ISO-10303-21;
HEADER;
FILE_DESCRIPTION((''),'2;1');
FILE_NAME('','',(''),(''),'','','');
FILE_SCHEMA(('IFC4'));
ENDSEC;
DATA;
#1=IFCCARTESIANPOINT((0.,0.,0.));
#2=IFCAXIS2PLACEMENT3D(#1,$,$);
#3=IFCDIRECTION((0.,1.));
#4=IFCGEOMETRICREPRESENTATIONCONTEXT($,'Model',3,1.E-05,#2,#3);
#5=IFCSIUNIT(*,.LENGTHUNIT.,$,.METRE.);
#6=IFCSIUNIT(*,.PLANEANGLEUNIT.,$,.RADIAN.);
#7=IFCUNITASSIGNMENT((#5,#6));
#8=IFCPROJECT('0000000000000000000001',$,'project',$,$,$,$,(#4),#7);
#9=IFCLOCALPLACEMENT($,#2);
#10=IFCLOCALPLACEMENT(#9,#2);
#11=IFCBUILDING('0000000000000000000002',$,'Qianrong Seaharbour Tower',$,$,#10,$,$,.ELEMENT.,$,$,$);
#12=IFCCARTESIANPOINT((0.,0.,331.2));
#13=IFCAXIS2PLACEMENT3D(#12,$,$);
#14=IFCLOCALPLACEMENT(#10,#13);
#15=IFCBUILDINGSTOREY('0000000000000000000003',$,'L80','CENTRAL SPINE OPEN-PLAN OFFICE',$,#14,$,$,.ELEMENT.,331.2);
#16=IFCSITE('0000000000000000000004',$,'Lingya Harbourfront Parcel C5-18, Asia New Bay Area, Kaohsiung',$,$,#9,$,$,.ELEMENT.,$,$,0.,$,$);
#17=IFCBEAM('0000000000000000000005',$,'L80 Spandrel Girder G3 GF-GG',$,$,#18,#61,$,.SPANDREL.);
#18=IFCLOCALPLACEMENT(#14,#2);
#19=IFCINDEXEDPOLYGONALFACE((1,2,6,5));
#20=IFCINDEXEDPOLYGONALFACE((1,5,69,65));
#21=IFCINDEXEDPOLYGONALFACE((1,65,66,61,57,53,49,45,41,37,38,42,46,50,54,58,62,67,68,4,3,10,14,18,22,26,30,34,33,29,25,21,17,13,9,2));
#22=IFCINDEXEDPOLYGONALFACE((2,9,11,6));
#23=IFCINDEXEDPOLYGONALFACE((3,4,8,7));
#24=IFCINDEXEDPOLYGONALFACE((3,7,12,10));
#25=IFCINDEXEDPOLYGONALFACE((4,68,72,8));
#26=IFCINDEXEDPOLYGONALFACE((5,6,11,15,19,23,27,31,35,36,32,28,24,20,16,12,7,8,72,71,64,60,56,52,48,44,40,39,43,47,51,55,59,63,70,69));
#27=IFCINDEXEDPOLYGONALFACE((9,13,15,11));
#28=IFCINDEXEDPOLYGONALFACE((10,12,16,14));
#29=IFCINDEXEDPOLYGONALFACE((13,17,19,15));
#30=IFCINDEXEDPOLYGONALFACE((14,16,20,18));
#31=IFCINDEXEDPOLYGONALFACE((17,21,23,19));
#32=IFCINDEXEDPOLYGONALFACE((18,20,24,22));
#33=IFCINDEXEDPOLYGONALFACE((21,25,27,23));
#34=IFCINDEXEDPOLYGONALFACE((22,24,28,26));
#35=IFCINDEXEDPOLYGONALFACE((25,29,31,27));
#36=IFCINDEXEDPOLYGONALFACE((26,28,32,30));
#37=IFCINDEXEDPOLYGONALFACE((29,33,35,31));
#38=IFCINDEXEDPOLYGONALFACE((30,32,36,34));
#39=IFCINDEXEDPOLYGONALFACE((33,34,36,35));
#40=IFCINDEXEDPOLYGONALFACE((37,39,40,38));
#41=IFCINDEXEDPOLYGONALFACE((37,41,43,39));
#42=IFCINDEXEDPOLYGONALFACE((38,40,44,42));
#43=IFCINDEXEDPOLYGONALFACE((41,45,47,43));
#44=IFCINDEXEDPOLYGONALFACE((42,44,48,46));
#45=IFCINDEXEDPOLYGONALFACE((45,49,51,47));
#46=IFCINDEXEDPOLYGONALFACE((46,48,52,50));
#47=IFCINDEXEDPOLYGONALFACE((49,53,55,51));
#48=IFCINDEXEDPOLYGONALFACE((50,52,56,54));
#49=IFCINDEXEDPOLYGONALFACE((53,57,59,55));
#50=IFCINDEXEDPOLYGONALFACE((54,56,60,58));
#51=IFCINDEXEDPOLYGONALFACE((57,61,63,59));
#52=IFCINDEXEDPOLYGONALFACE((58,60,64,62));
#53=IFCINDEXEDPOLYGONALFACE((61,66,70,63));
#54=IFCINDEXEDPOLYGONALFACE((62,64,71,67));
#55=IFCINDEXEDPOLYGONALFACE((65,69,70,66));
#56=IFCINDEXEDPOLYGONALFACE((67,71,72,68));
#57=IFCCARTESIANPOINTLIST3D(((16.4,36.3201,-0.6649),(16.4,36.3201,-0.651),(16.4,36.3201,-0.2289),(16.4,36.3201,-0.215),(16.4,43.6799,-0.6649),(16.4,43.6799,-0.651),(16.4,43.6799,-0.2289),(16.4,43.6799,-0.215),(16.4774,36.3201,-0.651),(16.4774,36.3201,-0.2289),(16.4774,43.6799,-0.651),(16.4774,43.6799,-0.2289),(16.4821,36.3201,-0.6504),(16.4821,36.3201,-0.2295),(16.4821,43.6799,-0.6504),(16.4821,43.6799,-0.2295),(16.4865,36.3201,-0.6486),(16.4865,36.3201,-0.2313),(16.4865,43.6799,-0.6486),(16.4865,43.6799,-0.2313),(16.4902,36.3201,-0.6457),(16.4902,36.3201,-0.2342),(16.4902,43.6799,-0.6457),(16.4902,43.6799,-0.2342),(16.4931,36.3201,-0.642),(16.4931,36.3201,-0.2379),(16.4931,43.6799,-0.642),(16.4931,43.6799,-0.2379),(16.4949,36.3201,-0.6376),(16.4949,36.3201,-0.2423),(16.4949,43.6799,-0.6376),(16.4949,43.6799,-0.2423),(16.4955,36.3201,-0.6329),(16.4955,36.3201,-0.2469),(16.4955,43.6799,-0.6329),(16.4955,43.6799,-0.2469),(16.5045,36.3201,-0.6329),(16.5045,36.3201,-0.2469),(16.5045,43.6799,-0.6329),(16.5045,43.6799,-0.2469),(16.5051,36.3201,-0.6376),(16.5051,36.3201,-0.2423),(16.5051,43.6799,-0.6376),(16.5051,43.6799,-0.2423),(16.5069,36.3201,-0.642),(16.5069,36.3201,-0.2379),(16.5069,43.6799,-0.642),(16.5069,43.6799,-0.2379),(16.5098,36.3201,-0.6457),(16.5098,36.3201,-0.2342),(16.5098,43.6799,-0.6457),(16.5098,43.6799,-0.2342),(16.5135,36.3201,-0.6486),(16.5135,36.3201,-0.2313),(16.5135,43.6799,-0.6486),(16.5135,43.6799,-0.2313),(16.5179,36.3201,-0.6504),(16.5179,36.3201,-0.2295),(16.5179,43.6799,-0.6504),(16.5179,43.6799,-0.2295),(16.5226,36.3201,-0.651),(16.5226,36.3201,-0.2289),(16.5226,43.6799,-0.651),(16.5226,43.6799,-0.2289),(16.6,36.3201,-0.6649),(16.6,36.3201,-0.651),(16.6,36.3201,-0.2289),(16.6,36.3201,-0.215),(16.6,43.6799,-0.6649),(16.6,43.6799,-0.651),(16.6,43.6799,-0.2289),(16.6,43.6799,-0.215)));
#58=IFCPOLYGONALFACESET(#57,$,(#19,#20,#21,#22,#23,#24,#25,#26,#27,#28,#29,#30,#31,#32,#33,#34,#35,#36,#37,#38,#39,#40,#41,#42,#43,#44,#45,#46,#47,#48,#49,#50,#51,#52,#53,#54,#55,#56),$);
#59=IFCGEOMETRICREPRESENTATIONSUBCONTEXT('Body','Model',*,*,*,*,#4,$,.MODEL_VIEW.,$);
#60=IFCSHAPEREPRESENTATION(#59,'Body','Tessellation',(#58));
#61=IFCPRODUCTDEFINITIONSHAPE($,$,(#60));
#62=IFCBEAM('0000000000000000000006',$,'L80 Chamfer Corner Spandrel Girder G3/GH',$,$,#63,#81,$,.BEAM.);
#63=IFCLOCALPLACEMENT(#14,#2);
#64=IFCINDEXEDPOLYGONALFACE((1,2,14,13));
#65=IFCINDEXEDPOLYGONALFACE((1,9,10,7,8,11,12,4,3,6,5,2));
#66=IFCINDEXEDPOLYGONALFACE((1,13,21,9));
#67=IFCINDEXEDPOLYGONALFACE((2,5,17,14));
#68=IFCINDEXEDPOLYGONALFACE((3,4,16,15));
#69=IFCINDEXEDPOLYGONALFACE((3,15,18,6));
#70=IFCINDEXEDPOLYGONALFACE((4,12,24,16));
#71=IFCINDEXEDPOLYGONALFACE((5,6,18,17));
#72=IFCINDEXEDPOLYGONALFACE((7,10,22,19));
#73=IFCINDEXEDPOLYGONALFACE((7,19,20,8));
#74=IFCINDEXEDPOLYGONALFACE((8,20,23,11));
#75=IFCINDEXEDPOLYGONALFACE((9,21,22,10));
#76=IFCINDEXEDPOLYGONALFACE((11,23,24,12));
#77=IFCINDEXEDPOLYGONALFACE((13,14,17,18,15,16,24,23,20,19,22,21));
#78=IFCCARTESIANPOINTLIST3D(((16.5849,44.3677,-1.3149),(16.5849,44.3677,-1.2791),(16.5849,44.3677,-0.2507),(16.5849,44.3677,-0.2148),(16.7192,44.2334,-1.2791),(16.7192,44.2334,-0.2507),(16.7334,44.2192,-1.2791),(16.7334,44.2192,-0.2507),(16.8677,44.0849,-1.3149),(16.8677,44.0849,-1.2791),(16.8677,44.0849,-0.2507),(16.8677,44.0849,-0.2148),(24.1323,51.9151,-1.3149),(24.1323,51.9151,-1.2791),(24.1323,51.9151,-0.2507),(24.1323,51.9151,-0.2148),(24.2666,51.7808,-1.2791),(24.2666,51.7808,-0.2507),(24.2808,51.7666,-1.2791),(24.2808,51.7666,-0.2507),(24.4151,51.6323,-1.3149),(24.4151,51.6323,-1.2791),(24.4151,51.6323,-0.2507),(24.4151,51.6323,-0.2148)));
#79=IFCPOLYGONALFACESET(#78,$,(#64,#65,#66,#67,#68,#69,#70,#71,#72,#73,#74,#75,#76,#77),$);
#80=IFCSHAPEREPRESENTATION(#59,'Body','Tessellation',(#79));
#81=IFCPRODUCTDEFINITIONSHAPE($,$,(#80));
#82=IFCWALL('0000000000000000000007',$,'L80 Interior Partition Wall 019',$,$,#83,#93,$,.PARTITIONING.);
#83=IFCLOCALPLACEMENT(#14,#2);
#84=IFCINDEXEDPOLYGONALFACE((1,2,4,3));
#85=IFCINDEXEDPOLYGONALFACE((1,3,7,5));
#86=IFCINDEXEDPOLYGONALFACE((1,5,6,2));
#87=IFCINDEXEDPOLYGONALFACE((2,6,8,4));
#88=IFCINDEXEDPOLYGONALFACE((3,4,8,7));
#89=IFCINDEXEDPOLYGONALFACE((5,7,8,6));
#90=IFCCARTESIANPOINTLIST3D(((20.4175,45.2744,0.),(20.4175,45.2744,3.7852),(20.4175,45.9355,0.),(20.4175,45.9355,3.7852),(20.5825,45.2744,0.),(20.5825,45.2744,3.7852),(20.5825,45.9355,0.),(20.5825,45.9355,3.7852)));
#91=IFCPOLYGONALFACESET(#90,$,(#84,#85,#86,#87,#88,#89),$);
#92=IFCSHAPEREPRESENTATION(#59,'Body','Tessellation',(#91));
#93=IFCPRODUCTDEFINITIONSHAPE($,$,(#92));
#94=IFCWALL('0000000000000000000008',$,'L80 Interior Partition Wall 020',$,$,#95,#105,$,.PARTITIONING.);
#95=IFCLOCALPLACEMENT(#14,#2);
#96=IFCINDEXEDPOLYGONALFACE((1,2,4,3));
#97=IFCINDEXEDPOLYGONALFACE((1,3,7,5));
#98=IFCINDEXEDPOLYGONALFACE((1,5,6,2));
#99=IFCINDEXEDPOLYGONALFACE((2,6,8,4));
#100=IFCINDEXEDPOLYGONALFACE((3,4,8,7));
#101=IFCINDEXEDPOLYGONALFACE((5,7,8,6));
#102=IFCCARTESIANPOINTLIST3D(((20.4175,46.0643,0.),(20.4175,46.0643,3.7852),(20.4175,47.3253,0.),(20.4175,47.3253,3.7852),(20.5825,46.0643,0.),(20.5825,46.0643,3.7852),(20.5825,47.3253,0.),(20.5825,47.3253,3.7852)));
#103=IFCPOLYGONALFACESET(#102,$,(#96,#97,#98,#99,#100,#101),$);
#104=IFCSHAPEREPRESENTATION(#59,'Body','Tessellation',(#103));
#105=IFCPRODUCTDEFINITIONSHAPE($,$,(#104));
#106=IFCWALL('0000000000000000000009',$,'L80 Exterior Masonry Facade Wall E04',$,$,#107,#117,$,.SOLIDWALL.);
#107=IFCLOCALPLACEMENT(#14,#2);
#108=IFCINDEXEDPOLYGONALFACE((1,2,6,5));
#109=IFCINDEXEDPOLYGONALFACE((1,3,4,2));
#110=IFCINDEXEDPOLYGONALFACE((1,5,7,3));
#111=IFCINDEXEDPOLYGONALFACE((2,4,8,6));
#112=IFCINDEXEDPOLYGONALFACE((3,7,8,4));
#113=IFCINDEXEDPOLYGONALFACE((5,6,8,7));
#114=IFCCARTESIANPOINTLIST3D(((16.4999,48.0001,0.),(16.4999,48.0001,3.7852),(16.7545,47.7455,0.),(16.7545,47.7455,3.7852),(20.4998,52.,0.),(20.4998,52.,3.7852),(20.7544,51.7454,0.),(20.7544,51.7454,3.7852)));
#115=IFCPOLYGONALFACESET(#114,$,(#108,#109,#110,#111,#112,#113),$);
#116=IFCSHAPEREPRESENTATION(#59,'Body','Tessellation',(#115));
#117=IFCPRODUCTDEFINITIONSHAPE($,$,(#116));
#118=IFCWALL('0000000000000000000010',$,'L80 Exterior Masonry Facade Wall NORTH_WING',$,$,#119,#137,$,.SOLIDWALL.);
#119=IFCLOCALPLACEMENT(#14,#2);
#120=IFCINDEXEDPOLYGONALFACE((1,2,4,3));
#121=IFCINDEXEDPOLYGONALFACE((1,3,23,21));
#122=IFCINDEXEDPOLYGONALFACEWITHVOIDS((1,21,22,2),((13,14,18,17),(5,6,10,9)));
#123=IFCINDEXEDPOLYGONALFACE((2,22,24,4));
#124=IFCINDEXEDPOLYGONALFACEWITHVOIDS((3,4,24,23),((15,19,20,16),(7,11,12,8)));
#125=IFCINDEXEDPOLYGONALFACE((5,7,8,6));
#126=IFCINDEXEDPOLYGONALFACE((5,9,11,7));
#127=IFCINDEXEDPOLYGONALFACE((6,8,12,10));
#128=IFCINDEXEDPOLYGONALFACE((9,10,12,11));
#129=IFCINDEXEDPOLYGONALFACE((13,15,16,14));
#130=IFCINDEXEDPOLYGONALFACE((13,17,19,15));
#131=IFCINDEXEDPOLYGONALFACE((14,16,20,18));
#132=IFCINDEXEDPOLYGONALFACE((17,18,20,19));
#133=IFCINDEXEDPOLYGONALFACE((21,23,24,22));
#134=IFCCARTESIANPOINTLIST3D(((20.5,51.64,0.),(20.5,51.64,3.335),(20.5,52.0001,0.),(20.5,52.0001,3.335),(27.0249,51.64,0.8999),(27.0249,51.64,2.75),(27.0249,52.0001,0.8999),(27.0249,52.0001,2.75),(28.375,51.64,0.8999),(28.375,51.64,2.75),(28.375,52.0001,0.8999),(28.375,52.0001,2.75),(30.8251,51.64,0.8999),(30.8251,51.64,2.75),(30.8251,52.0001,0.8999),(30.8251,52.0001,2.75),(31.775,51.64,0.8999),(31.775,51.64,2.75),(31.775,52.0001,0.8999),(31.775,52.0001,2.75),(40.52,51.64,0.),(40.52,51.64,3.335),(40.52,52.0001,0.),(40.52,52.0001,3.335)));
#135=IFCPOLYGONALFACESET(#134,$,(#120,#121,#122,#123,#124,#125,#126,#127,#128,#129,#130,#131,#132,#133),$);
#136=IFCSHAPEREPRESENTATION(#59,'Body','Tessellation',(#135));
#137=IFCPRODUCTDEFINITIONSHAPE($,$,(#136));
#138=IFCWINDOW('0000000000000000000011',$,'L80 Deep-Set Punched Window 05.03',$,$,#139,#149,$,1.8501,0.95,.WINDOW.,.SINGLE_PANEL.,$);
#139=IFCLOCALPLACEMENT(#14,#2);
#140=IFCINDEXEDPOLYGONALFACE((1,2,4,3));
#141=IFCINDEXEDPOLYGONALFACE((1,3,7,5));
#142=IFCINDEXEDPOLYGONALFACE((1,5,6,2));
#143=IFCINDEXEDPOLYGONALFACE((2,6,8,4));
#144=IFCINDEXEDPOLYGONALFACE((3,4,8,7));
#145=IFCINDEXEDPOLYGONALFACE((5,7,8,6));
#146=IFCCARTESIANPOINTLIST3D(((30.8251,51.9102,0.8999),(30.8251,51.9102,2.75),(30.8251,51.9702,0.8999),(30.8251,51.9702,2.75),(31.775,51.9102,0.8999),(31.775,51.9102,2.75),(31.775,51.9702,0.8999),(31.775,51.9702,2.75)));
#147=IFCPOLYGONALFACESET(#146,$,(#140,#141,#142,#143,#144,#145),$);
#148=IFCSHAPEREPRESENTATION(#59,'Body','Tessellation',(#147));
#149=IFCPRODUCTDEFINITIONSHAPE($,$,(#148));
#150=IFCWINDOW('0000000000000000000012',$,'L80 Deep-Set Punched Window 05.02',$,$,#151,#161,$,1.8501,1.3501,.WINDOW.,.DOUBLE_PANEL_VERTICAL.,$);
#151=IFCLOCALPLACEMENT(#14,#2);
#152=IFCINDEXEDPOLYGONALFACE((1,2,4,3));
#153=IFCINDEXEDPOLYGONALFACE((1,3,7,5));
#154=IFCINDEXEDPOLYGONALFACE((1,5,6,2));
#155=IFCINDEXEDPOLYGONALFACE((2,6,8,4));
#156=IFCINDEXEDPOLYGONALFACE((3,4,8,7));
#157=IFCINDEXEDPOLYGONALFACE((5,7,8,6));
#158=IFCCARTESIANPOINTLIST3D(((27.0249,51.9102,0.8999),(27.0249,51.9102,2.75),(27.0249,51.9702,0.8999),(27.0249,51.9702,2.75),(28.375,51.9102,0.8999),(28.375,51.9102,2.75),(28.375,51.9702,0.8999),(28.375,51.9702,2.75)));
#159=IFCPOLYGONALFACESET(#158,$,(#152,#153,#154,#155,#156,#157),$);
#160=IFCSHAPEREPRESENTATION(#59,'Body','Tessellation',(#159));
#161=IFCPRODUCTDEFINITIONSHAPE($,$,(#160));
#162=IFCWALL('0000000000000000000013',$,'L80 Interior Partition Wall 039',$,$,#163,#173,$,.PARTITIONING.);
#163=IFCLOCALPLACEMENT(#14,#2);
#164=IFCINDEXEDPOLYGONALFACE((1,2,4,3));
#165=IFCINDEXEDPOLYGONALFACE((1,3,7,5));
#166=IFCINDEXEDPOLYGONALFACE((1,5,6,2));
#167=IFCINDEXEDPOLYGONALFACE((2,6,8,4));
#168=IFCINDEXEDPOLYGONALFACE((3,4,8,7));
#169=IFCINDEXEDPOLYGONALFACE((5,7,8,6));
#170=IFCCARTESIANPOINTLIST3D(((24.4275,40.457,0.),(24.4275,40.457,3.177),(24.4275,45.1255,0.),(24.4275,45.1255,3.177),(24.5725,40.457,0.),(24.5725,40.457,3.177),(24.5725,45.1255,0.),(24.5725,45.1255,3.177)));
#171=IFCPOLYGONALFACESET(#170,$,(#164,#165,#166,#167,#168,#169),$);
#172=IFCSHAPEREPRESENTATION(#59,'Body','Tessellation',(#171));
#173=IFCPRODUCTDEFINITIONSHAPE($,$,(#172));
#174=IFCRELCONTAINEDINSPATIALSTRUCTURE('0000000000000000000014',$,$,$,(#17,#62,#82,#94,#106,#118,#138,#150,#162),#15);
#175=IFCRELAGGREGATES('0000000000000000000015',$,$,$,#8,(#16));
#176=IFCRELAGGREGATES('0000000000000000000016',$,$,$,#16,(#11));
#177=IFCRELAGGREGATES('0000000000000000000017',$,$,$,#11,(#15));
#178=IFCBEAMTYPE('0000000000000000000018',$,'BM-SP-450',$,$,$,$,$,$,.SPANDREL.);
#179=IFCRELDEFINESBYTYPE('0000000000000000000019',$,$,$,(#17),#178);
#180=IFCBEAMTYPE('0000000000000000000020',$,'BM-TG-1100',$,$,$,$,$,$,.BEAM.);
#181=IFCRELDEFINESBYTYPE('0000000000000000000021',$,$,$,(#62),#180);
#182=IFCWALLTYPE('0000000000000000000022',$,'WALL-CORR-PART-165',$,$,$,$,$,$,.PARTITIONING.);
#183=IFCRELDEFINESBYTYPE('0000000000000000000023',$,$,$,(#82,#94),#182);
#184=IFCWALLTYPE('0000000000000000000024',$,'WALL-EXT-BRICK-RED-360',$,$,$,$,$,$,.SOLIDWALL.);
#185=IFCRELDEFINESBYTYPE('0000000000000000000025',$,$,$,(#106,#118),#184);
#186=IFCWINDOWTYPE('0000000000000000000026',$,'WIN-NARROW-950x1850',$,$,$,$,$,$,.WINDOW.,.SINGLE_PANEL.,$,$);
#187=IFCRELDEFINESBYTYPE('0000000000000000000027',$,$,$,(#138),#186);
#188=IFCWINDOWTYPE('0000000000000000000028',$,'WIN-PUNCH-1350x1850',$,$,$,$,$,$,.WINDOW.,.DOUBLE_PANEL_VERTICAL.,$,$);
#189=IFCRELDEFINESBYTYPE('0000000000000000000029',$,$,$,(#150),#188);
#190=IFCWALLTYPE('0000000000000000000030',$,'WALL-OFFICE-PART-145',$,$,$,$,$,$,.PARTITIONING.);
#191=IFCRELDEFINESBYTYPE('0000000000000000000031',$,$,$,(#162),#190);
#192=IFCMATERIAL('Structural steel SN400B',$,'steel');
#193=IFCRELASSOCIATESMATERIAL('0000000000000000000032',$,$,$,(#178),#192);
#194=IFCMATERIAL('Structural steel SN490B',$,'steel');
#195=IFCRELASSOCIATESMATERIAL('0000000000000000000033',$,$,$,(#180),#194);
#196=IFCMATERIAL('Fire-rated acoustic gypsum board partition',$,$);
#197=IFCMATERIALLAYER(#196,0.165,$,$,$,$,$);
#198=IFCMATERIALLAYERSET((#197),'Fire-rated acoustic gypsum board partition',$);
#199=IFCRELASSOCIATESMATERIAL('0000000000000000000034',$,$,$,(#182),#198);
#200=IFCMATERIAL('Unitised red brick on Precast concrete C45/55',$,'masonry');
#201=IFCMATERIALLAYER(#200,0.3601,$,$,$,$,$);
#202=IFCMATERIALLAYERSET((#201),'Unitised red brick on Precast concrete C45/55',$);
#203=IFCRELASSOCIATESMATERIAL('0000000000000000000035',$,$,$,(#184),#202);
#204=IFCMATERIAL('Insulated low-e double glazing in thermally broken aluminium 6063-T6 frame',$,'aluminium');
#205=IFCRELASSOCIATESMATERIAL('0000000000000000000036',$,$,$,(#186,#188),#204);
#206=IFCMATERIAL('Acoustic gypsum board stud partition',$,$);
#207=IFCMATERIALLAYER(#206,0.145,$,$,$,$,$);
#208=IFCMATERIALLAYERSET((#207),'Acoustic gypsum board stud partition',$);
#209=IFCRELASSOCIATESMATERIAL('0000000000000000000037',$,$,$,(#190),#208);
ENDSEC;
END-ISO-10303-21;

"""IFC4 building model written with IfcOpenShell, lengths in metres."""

from ifc_helpers import new_model, si_unit, direction, frame, frame_2d, origin, origin_2d, place, context, subcontext, project, spatial, rectangle, i_section, extrude, material, layer, layer_set, material_profile, profile_set, type_object, element, fill, save


model = new_model("IFC4")

# Units and contexts
model_context = context("Model", 3, precision=1e-05, world=origin(), true_north=direction((0.0, 1.0)))
body_context = subcontext(model_context, "Body", "Model", "MODEL_VIEW")
ifc_project = project(units=[si_unit("LENGTHUNIT", "METRE"), si_unit("PLANEANGLEUNIT", "RADIAN")], contexts=[model_context])

# Site, building, storey
site_placement = place(None, origin())
site = spatial("IfcSite", under=ifc_project, at=site_placement, Name="Lingya Harbourfront Parcel C5-18, Asia New Bay Area, Kaohsiung", CompositionType="ELEMENT", RefElevation=0.0)
building_placement = place(site_placement, origin())
building = spatial("IfcBuilding", under=site, at=building_placement, Name="Qianrong Seaharbour Tower", CompositionType="ELEMENT")
storey_placement = place(building_placement, frame((0.0, 0.0, 331.2)))
storey = spatial("IfcBuildingStorey", under=building, at=storey_placement, Name="L80", Description="CENTRAL SPINE OPEN-PLAN OFFICE", CompositionType="ELEMENT", Elevation=331.2)

# Shared definitions
ifc_material_1 = material(Name="Structural steel SN490B", Category="steel")
ifc_material_2 = material(Name="Structural steel SN400B", Category="steel")

# Beams
ifc_material_profile_1 = material_profile(ifc_material_2, i_section(OverallWidth=0.2, OverallDepth=0.45, WebThickness=0.009, FlangeThickness=0.0139, FilletRadius=0.0181, at=origin_2d()), Name="H450x200x9x14")
ifc_profile_set_1 = profile_set([ifc_material_profile_1], Name="Structural steel SN400B")
beam_type_1 = type_object("IfcBeamType", Name="BM-SP-450", PredefinedType="SPANDREL", material=ifc_profile_set_1)
for number, where, z_axis, x_axis, name in (
    (1, (16.5, 36.3201, -0.4399), (0.0, 1.0, 0.0), (-1.0, 0.0, 0.0), "L80 Spandrel Girder G3 GF-GG"),
):
    element("IfcBeam", number, at=place(storey_placement, frame(where, z_axis=z_axis, x_axis=x_axis)), inside=storey, type_object=beam_type_1, Name=name, PredefinedType="SPANDREL", context=body_context, shape_type="SweptSolid", body=[
        extrude(i_section(OverallWidth=0.2, OverallDepth=0.45, WebThickness=0.009, FlangeThickness=0.0139, FilletRadius=0.0181, at=origin_2d()), origin(), (0.0, 0.0, 1.0), 7.3599),
    ])
ifc_material_profile_2 = material_profile(ifc_material_1, i_section(OverallWidth=0.3999, OverallDepth=1.1001, WebThickness=0.02, FlangeThickness=0.0359, at=origin_2d()), Name="BH1100x400x20x36")
ifc_profile_set_2 = profile_set([ifc_material_profile_2], Name="Structural steel SN490B")
beam_type_2 = type_object("IfcBeamType", Name="BM-TG-1100", PredefinedType="BEAM", material=ifc_profile_set_2)
beam_1_placement = place(storey_placement, frame((24.2737, 51.7737, -0.7649), z_axis=(-0.707107, -0.707107, 0.0), x_axis=(0.707107, -0.707107, 0.0)))
element("IfcBeam", 2, at=beam_1_placement, inside=storey, type_object=beam_type_2, Name="L80 Chamfer Corner Spandrel Girder G3/GH", PredefinedType="BEAM", context=body_context, shape_type="SweptSolid", body=[
    extrude(i_section(OverallWidth=0.3999, OverallDepth=1.1001, WebThickness=0.02, FlangeThickness=0.0359, at=origin_2d()), origin(), (0.0, 0.0, 1.0), 10.6736),
])

# Shared definitions
ifc_material_3 = material(Name="Fire-rated acoustic gypsum board partition")
ifc_layer_1 = layer(ifc_material_3, 0.165)
ifc_layer_set_1 = layer_set([ifc_layer_1], Name="Fire-rated acoustic gypsum board partition")
wall_type_1 = type_object("IfcWallType", Name="WALL-CORR-PART-165", PredefinedType="PARTITIONING", material=ifc_layer_set_1)

# Walls
wall_1_placement = place(storey_placement, frame((20.5, 45.2744, 0.0), z_axis=(0.0, 0.0, 1.0), x_axis=(0.0, 1.0, 0.0)))
element("IfcWall", 3, at=wall_1_placement, inside=storey, type_object=wall_type_1, Name="L80 Interior Partition Wall 019", PredefinedType="PARTITIONING", context=body_context, shape_type="SweptSolid", body=[
    extrude(rectangle(XDim=0.6611, YDim=0.165, at=frame_2d((0.3306, 0.0))), origin(), (0.0, 0.0, 1.0), 3.7852),
])
wall_2_placement = place(storey_placement, frame((20.5, 46.0645, 0.0), z_axis=(0.0, 0.0, 1.0), x_axis=(0.0, 1.0, 0.0)))
element("IfcWall", 4, at=wall_2_placement, inside=storey, type_object=wall_type_1, Name="L80 Interior Partition Wall 020", PredefinedType="PARTITIONING", context=body_context, shape_type="SweptSolid", body=[
    extrude(rectangle(XDim=1.261, YDim=0.165, at=frame_2d((0.6304, 0.0))), origin(), (0.0, 0.0, 1.0), 3.7852),
])

# Wall
ifc_material_4 = material(Name="Unitised red brick on Precast concrete C45/55", Category="masonry")
ifc_layer_2 = layer(ifc_material_4, 0.3601)
ifc_layer_set_2 = layer_set([ifc_layer_2], Name="Unitised red brick on Precast concrete C45/55")
wall_type_2 = type_object("IfcWallType", Name="WALL-EXT-BRICK-RED-360", PredefinedType="SOLIDWALL", material=ifc_layer_set_2)
wall_3_placement = place(storey_placement, frame((16.6272, 47.8728, 0.0), z_axis=(0.0, 0.0, 1.0), x_axis=(0.707107, 0.707107, 0.0)))
element("IfcWall", 5, at=wall_3_placement, inside=storey, type_object=wall_type_2, Name="L80 Exterior Masonry Facade Wall E04", PredefinedType="SOLIDWALL", context=body_context, shape_type="SweptSolid", body=[
    extrude(rectangle(XDim=5.6567, YDim=0.3601, at=frame_2d((2.8284, 0.0))), origin(), (0.0, 0.0, 1.0), 3.7852),
])

# Wall, openings, windows
wall_4_placement = place(storey_placement, frame((20.5, 51.8201, 0.0), z_axis=(0.0, 0.0, 1.0), x_axis=(1.0, 0.0, 0.0)))
wall_4 = element("IfcWall", 6, at=wall_4_placement, inside=storey, type_object=wall_type_2, Name="L80 Exterior Masonry Facade Wall NORTH_WING", PredefinedType="SOLIDWALL", context=body_context, shape_type="SweptSolid", body=[
    extrude(rectangle(XDim=20.02, YDim=0.3601, at=frame_2d((10.01, 0.0))), origin(), (0.0, 0.0, 1.0), 3.335),
])
opening_1_placement = place(wall_4_placement, frame((6.5249, 0.0, 0.8999)))
opening_1 = element("IfcOpeningElement", 7, at=opening_1_placement, cuts=wall_4, PredefinedType="OPENING", context=body_context, shape_type="SweptSolid", body=[
    extrude(rectangle(XDim=1.3501, YDim=1.8501, at=frame_2d((0.675, 0.925))), frame((0.0, 0.1899, 0.0), z_axis=(0.0, -1.0, 0.0), x_axis=(1.0, 0.0, 0.0)), (0.0, 0.0, 1.0), 0.3801),
])
opening_2_placement = place(wall_4_placement, frame((10.325, 0.0, 0.8999)))
opening_2 = element("IfcOpeningElement", 8, at=opening_2_placement, cuts=wall_4, PredefinedType="OPENING", context=body_context, shape_type="SweptSolid", body=[
    extrude(rectangle(XDim=0.95, YDim=1.8501, at=frame_2d((0.4751, 0.925))), frame((0.0, 0.1899, 0.0), z_axis=(0.0, -1.0, 0.0), x_axis=(1.0, 0.0, 0.0)), (0.0, 0.0, 1.0), 0.3801),
])
ifc_material_5 = material(Name="Insulated low-e double glazing in thermally broken aluminium 6063-T6 frame", Category="aluminium")
window_type_1 = type_object("IfcWindowType", Name="WIN-NARROW-950x1850", PartitioningType="SINGLE_PANEL", PredefinedType="WINDOW", material=ifc_material_5)
window_1_placement = place(opening_2_placement, origin())
window_1 = element("IfcWindow", 9, at=window_1_placement, inside=storey, type_object=window_type_1, Name="L80 Deep-Set Punched Window 05.03", OverallHeight=1.8501, OverallWidth=0.95, PartitioningType="SINGLE_PANEL", PredefinedType="WINDOW", context=body_context, shape_type="SweptSolid", body=[
    extrude(rectangle(XDim=0.95, YDim=1.8501, at=frame_2d((0.4751, 0.925))), frame((0.0, 0.1501, 0.0), z_axis=(0.0, -1.0, 0.0), x_axis=(1.0, 0.0, 0.0)), (0.0, 0.0, 1.0), 0.0601),
])
fill(opening_2, window_1)
window_type_2 = type_object("IfcWindowType", Name="WIN-PUNCH-1350x1850", PartitioningType="DOUBLE_PANEL_VERTICAL", PredefinedType="WINDOW", material=ifc_material_5)
window_2_placement = place(opening_1_placement, origin())
window_2 = element("IfcWindow", 10, at=window_2_placement, inside=storey, type_object=window_type_2, Name="L80 Deep-Set Punched Window 05.02", OverallHeight=1.8501, OverallWidth=1.3501, PartitioningType="DOUBLE_PANEL_VERTICAL", PredefinedType="WINDOW", context=body_context, shape_type="SweptSolid", body=[
    extrude(rectangle(XDim=1.3501, YDim=1.8501, at=frame_2d((0.675, 0.925))), frame((0.0, 0.1501, 0.0), z_axis=(0.0, -1.0, 0.0), x_axis=(1.0, 0.0, 0.0)), (0.0, 0.0, 1.0), 0.0601),
])
fill(opening_1, window_2)

# Wall
ifc_material_6 = material(Name="Acoustic gypsum board stud partition")
ifc_layer_3 = layer(ifc_material_6, 0.145)
ifc_layer_set_3 = layer_set([ifc_layer_3], Name="Acoustic gypsum board stud partition")
wall_type_3 = type_object("IfcWallType", Name="WALL-OFFICE-PART-145", PredefinedType="PARTITIONING", material=ifc_layer_set_3)
wall_5_placement = place(storey_placement, frame((24.5, 40.457, 0.0), z_axis=(0.0, 0.0, 1.0), x_axis=(0.0, 1.0, 0.0)))
element("IfcWall", 11, at=wall_5_placement, inside=storey, type_object=wall_type_3, Name="L80 Interior Partition Wall 039", PredefinedType="PARTITIONING", context=body_context, shape_type="SweptSolid", body=[
    extrude(rectangle(XDim=4.6685, YDim=0.145, at=frame_2d((2.3342, 0.0))), origin(), (0.0, 0.0, 1.0), 3.177),
])

save(model, "model.ifc")
